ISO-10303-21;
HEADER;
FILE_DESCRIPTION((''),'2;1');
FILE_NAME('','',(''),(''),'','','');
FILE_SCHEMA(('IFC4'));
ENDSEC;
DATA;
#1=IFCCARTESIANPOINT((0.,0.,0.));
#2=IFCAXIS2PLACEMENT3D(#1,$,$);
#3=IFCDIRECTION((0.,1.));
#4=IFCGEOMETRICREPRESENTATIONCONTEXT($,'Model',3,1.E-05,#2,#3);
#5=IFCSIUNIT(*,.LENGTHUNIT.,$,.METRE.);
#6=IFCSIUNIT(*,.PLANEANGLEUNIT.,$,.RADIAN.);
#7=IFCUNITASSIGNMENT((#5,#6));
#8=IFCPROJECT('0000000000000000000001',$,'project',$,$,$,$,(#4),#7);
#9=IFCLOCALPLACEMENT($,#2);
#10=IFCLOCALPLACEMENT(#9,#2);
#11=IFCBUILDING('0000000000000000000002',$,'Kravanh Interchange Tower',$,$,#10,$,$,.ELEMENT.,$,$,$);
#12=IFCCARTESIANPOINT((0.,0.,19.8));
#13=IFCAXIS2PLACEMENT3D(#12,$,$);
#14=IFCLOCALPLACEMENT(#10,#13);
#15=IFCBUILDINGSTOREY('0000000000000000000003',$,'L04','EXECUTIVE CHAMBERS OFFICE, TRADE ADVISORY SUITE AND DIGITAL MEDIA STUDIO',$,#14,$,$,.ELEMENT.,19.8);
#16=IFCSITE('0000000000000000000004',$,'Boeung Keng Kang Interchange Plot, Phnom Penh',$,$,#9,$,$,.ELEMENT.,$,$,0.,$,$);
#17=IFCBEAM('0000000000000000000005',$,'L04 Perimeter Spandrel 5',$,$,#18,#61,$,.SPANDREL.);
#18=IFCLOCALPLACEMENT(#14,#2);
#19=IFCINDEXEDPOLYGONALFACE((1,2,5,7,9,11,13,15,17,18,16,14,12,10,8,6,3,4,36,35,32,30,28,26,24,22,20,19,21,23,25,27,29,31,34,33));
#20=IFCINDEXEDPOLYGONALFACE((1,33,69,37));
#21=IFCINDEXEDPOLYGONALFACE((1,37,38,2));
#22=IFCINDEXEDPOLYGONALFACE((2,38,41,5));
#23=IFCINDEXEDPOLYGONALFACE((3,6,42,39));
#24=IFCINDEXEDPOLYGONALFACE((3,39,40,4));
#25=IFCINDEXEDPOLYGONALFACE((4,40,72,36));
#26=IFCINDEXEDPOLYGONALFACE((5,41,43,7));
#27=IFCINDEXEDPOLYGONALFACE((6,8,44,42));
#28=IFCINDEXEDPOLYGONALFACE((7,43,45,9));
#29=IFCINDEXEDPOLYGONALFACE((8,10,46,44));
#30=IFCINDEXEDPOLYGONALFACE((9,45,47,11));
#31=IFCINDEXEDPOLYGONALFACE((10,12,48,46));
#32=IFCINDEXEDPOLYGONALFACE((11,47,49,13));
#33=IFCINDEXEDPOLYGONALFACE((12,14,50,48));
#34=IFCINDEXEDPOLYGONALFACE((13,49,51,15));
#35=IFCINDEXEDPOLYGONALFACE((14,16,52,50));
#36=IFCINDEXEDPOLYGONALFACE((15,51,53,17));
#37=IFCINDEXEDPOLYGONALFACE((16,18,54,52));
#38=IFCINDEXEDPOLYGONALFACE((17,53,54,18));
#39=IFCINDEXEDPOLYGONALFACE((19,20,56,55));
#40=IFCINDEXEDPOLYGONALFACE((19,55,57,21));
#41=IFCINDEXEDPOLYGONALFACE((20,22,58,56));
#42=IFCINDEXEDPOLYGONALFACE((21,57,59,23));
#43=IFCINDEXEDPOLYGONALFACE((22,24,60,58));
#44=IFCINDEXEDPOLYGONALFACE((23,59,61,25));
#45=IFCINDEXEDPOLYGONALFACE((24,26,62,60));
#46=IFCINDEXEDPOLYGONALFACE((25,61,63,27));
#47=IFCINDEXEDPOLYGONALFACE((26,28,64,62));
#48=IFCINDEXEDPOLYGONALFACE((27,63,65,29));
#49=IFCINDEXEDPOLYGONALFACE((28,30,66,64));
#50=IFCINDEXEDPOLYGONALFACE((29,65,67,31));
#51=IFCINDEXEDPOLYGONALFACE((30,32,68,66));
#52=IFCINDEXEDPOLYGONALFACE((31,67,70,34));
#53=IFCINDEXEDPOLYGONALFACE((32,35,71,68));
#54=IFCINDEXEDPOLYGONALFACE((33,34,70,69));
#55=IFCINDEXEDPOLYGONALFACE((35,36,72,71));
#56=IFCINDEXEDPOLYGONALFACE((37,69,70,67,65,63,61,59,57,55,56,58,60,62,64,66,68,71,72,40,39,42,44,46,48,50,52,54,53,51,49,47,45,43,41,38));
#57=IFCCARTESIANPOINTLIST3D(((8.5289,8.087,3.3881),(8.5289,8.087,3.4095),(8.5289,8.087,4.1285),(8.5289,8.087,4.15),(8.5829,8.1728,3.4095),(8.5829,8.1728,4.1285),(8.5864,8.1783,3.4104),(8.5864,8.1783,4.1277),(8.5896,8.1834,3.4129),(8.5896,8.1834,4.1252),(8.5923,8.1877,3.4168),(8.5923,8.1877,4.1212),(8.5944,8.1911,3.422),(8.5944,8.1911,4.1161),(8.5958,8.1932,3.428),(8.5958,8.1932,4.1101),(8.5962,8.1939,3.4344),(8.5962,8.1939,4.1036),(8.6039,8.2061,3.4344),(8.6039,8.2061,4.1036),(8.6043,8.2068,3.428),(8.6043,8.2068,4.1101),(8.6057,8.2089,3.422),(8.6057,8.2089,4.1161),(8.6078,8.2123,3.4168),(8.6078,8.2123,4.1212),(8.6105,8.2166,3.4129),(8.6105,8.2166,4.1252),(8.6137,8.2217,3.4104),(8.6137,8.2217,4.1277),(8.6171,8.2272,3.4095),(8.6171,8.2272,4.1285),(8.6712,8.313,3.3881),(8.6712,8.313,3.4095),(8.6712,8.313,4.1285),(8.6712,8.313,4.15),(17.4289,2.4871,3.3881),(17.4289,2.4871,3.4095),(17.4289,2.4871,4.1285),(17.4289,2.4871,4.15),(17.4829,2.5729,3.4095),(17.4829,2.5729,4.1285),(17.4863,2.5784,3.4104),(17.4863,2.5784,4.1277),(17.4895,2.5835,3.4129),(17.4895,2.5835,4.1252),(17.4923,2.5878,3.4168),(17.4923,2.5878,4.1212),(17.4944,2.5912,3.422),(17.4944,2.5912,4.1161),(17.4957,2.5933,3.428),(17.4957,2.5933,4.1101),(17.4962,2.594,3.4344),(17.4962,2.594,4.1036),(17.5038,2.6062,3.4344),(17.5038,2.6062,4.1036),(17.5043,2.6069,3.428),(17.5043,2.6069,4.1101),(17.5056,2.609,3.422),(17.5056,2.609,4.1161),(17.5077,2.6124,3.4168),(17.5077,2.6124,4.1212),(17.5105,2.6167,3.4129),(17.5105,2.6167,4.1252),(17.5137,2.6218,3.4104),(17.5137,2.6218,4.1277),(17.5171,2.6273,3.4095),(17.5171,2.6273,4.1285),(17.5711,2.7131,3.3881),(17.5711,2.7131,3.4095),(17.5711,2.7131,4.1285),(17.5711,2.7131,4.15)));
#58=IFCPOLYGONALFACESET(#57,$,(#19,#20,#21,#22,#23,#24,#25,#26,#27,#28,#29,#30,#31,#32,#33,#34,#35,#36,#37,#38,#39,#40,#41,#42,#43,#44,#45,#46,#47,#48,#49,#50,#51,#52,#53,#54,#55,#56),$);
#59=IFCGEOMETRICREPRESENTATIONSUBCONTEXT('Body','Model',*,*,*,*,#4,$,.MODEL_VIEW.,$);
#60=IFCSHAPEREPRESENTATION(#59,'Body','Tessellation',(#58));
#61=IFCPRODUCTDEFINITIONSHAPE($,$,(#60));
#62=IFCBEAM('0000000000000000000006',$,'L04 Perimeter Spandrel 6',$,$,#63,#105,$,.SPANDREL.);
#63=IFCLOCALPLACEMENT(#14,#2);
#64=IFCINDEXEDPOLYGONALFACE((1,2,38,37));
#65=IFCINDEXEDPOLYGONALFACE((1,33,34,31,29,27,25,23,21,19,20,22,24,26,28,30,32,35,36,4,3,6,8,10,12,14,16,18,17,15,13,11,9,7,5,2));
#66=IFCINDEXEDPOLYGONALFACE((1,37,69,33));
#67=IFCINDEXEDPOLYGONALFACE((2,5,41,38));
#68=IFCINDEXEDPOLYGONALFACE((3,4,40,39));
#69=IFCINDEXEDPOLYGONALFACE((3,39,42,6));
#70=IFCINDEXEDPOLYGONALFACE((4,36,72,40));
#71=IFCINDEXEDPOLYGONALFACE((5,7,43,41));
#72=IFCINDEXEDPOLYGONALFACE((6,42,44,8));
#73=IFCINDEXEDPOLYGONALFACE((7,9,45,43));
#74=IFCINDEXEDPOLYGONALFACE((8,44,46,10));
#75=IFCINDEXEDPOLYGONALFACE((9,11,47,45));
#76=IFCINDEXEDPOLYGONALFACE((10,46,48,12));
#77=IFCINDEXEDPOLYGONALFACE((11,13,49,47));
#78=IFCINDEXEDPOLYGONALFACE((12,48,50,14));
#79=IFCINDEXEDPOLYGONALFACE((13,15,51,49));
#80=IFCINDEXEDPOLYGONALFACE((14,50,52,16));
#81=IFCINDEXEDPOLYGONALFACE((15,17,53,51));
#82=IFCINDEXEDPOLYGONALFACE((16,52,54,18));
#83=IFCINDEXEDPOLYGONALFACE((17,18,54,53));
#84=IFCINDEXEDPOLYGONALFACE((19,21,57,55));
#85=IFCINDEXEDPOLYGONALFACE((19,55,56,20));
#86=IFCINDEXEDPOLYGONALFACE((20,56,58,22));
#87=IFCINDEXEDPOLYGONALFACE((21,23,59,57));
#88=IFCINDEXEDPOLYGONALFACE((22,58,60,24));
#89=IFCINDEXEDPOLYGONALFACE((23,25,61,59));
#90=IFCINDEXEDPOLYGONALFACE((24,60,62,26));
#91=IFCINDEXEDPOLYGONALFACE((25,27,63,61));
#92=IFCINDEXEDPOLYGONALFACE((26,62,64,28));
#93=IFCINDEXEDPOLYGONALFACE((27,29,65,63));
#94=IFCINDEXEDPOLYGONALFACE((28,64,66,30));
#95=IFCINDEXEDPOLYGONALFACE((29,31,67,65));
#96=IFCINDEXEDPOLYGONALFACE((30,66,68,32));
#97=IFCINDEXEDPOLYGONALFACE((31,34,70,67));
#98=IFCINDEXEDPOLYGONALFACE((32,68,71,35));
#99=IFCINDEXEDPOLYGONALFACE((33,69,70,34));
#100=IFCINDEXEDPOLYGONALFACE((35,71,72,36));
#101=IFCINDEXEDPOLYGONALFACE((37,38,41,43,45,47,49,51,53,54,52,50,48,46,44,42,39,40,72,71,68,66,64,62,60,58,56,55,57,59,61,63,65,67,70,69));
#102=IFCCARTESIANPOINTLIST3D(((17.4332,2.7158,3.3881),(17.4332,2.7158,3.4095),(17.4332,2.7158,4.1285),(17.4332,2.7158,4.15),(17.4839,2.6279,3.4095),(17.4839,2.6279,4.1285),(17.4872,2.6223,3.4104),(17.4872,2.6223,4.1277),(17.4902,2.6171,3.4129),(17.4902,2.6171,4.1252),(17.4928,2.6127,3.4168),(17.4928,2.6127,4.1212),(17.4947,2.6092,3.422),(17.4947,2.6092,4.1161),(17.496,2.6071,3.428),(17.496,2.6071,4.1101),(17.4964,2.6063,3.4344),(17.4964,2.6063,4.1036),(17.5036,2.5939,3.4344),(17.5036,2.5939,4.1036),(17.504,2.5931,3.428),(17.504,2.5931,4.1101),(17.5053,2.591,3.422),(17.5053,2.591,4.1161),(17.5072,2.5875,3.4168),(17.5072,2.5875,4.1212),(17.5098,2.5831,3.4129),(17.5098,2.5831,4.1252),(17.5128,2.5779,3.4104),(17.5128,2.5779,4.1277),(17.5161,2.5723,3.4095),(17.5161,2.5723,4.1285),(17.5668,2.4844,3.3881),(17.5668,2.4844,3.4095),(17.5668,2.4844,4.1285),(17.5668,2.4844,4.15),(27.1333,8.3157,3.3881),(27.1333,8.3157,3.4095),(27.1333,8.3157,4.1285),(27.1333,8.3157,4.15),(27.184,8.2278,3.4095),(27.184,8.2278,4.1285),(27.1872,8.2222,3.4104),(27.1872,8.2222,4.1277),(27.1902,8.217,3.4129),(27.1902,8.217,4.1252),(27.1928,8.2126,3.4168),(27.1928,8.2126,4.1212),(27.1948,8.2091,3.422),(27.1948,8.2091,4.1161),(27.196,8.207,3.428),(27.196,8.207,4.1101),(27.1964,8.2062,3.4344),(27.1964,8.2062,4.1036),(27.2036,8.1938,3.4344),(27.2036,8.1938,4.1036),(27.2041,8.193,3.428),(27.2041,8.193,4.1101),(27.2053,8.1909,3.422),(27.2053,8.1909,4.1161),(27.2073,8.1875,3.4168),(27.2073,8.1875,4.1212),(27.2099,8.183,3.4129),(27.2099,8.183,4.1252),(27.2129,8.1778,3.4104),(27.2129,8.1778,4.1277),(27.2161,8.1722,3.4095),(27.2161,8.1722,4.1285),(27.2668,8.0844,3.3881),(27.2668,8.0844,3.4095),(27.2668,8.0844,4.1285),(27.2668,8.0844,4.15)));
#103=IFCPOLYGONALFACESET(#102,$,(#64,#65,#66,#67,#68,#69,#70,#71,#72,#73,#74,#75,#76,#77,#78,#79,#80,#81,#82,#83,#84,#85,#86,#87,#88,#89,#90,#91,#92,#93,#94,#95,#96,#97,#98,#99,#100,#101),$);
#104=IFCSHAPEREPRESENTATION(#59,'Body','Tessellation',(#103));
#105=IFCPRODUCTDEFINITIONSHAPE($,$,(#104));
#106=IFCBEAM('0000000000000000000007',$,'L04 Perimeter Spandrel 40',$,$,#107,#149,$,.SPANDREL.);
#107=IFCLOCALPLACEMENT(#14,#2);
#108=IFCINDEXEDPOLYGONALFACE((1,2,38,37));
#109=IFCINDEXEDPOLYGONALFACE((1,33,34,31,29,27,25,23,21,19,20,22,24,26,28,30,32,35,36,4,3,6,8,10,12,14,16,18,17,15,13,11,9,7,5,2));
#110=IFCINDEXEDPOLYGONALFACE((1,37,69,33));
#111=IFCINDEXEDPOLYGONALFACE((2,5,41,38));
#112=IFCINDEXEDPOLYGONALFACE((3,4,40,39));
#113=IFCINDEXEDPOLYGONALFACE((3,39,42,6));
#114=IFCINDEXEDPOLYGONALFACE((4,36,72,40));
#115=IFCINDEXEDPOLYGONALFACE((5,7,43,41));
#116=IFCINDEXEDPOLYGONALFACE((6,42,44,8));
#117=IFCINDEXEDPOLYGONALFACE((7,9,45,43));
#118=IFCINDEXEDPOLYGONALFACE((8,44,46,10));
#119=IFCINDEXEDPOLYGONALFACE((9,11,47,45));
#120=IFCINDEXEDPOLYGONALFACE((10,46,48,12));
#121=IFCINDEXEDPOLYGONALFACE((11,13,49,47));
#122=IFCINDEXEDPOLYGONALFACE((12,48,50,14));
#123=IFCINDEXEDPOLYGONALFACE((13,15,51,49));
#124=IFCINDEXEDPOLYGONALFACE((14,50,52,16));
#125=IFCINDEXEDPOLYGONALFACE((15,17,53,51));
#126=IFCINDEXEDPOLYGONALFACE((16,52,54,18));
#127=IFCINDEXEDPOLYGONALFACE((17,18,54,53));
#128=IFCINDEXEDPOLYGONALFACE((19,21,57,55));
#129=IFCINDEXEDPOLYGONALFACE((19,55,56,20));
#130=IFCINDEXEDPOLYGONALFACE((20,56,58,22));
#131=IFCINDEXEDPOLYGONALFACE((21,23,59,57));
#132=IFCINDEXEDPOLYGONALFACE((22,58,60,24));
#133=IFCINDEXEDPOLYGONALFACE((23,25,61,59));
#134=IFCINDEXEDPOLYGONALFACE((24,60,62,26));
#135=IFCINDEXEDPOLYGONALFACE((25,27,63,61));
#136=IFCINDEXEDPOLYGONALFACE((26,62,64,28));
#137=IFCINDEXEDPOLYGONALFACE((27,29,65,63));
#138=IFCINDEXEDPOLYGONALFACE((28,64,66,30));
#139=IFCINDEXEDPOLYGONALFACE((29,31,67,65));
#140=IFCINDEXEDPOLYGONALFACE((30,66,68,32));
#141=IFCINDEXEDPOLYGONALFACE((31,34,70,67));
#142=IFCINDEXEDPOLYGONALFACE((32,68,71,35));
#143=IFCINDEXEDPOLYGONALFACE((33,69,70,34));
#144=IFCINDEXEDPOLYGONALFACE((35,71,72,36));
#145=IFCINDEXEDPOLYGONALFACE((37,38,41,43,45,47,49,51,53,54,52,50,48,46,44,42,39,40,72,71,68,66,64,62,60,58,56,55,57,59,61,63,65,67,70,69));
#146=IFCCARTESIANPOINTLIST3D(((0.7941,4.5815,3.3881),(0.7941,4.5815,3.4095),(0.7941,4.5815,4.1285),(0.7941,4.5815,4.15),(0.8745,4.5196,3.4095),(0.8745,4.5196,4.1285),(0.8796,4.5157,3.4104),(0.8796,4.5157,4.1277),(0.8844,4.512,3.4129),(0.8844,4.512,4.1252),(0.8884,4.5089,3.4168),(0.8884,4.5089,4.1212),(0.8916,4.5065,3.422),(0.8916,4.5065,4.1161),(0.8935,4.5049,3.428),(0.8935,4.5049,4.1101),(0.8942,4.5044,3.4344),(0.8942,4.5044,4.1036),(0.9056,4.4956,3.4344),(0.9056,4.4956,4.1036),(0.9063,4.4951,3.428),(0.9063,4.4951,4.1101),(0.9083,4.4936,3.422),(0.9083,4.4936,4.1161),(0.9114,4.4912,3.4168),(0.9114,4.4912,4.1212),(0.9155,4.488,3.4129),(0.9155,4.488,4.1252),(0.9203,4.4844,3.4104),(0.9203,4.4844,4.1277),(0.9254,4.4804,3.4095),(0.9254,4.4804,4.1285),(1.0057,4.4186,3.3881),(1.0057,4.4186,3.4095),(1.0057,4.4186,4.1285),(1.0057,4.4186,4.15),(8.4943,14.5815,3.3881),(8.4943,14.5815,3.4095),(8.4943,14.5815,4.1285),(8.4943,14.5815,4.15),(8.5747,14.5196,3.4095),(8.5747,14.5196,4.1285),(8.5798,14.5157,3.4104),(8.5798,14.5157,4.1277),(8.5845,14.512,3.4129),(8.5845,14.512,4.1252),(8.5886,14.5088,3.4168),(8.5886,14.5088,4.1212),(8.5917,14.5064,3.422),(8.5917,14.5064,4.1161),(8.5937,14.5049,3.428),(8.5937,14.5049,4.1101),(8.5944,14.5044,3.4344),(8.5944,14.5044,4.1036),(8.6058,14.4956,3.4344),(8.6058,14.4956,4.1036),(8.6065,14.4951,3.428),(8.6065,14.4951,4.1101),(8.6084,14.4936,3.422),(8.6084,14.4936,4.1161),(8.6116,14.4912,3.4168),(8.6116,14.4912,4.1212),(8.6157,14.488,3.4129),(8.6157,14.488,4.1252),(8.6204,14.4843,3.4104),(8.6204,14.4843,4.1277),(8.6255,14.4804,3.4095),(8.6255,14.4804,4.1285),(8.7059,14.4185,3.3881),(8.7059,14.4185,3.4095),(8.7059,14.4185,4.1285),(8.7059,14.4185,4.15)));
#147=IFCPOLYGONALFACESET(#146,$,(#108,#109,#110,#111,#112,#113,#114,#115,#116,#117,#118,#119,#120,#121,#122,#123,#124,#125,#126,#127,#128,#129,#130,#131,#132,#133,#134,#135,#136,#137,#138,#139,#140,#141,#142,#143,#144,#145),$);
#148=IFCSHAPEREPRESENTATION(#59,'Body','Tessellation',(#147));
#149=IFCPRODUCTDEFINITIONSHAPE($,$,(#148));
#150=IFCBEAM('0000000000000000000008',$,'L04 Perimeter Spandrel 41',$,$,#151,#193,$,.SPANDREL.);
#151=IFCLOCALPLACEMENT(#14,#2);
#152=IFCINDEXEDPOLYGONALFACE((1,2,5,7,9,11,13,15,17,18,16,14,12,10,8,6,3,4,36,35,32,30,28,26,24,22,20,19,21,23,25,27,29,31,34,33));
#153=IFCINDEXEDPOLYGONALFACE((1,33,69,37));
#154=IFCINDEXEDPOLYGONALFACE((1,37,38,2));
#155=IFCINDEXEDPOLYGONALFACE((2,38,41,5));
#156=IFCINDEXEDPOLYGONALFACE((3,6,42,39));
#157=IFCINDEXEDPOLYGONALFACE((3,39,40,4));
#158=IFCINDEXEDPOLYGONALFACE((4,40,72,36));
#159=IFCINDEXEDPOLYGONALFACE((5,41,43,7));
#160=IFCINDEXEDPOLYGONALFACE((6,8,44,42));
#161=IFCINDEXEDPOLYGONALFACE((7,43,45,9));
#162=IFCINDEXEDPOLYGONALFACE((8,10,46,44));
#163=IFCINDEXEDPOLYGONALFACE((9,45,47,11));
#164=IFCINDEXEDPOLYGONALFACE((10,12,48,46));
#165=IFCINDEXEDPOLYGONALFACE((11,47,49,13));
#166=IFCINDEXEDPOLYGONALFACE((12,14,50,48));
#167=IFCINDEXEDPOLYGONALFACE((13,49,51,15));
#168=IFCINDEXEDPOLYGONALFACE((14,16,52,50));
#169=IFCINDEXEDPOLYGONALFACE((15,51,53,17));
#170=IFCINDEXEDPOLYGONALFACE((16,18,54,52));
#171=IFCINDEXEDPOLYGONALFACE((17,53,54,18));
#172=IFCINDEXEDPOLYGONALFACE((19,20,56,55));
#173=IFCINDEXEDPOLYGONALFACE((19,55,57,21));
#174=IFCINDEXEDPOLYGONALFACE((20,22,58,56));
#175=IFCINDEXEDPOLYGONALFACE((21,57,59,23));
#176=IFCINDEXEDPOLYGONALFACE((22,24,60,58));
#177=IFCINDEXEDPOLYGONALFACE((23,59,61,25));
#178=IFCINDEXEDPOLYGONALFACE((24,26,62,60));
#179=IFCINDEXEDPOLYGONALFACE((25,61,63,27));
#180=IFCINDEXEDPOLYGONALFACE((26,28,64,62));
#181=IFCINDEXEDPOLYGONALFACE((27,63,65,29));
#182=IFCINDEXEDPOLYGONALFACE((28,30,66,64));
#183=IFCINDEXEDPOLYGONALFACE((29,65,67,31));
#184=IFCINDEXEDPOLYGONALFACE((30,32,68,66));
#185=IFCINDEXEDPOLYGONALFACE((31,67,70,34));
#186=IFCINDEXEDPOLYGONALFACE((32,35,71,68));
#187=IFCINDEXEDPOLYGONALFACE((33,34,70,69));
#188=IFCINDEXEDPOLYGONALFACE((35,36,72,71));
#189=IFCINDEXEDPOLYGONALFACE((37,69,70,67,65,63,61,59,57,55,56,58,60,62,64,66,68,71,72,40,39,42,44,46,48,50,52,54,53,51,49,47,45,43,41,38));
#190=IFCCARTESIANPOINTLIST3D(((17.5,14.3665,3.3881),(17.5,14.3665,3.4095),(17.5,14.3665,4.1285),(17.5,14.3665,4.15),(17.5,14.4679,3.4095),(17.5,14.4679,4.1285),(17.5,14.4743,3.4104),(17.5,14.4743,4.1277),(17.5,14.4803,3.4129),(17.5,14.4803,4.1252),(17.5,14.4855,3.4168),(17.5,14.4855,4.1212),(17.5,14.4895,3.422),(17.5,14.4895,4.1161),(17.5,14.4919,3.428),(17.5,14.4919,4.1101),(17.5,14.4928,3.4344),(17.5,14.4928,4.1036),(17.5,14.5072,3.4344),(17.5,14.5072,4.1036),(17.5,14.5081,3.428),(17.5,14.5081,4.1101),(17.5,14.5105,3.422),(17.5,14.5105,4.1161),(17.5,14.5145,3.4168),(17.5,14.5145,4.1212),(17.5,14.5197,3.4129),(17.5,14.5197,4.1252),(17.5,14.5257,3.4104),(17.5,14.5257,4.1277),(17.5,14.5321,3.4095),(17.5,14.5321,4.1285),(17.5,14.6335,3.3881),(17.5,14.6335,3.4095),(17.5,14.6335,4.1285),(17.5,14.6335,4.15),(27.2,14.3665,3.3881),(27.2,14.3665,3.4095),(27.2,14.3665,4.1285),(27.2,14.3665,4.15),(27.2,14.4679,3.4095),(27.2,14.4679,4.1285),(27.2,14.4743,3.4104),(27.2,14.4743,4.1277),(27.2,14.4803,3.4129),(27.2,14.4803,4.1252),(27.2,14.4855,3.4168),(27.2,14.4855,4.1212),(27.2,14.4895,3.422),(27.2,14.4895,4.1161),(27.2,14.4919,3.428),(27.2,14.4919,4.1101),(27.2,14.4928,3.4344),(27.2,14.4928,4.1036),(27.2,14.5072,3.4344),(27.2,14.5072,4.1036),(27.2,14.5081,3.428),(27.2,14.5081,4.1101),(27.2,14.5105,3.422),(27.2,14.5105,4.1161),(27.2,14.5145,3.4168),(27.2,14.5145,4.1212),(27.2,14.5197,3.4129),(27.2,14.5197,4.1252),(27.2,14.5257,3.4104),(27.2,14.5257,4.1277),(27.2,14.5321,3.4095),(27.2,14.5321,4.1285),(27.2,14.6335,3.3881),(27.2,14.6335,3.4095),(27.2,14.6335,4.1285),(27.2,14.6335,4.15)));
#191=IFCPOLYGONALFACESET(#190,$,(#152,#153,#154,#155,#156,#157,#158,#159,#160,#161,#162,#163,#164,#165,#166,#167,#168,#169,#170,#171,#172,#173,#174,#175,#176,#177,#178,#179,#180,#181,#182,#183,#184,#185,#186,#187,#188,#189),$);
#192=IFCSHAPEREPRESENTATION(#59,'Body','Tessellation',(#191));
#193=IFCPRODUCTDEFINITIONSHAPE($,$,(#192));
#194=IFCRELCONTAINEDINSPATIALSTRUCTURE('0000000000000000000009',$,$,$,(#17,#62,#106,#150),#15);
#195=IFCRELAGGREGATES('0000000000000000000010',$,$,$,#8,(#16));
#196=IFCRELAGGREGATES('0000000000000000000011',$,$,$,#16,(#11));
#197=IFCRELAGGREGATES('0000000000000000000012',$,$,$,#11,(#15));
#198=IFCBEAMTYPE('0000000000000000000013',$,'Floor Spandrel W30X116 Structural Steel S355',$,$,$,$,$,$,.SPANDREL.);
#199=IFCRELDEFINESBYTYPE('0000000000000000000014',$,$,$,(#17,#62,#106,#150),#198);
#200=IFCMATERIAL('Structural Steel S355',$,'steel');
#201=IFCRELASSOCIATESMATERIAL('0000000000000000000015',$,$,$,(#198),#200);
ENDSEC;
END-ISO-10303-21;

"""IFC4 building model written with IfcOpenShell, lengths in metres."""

from ifc_helpers import new_model, si_unit, direction, frame, origin, origin_2d, place, context, subcontext, project, spatial, i_section, extrude, material, material_profile, profile_set, type_object, element, save


model = new_model("IFC4")

# Units and contexts
model_context = context("Model", 3, precision=1e-05, world=origin(), true_north=direction((0.0, 1.0)))
body_context = subcontext(model_context, "Body", "Model", "MODEL_VIEW")
ifc_project = project(units=[si_unit("LENGTHUNIT", "METRE"), si_unit("PLANEANGLEUNIT", "RADIAN")], contexts=[model_context])

# Site, building, storey
site_placement = place(None, origin())
site = spatial("IfcSite", under=ifc_project, at=site_placement, Name="Boeung Keng Kang Interchange Plot, Phnom Penh", CompositionType="ELEMENT", RefElevation=0.0)
building_placement = place(site_placement, origin())
building = spatial("IfcBuilding", under=site, at=building_placement, Name="Kravanh Interchange Tower", CompositionType="ELEMENT")
storey_placement = place(building_placement, frame((0.0, 0.0, 19.8)))
storey = spatial("IfcBuildingStorey", under=building, at=storey_placement, Name="L04", Description="EXECUTIVE CHAMBERS OFFICE, TRADE ADVISORY SUITE AND DIGITAL MEDIA STUDIO", CompositionType="ELEMENT", Elevation=19.8)

# Beams
ifc_material_1 = material(Name="Structural Steel S355", Category="steel")
ifc_material_profile_1 = material_profile(ifc_material_1, i_section(OverallWidth=0.2671, OverallDepth=0.762, WebThickness=0.0144, FlangeThickness=0.0215, FilletRadius=0.0249, at=origin_2d()), Name="W30X116")
ifc_profile_set_1 = profile_set([ifc_material_profile_1], Name="Structural Steel S355")
beam_type_1 = type_object("IfcBeamType", Name="Floor Spandrel W30X116 Structural Steel S355", PredefinedType="SPANDREL", material=ifc_profile_set_1)
beam_1_placement = place(storey_placement, frame((17.5, 2.6001, 3.769), z_axis=(-0.846395, 0.532555, 0.0), x_axis=(-0.532555, -0.846395, 0.0)))
element("IfcBeam", 1, at=beam_1_placement, inside=storey, type_object=beam_type_1, Name="L04 Perimeter Spandrel 5", PredefinedType="SPANDREL", context=body_context, shape_type="SweptSolid", body=[
    extrude(i_section(OverallWidth=0.2671, OverallDepth=0.762, WebThickness=0.0144, FlangeThickness=0.0215, FilletRadius=0.0249, at=origin_2d()), origin(), (0.0, 0.0, 1.0), 10.5151),
])
beam_2_placement = place(storey_placement, frame((17.5, 2.6001, 3.769), z_axis=(0.866041, 0.499972, 0.0), x_axis=(-0.499972, 0.866041, 0.0)))
element("IfcBeam", 2, at=beam_2_placement, inside=storey, type_object=beam_type_1, Name="L04 Perimeter Spandrel 6", PredefinedType="SPANDREL", context=body_context, shape_type="SweptSolid", body=[
    extrude(i_section(OverallWidth=0.2671, OverallDepth=0.762, WebThickness=0.0144, FlangeThickness=0.0215, FilletRadius=0.0249, at=origin_2d()), origin(), (0.0, 0.0, 1.0), 11.2004),
])
beam_3_placement = place(storey_placement, frame((8.6001, 14.5, 3.769), z_axis=(-0.610103, -0.792322, 0.0), x_axis=(0.792322, -0.610103, 0.0)))
element("IfcBeam", 3, at=beam_3_placement, inside=storey, type_object=beam_type_1, Name="L04 Perimeter Spandrel 40", PredefinedType="SPANDREL", context=body_context, shape_type="SweptSolid", body=[
    extrude(i_section(OverallWidth=0.2671, OverallDepth=0.762, WebThickness=0.0144, FlangeThickness=0.0215, FilletRadius=0.0249, at=origin_2d()), origin(), (0.0, 0.0, 1.0), 12.6211),
])
beam_4_placement = place(storey_placement, frame((17.5, 14.5, 3.769), z_axis=(1.0, 0.0, 0.0), x_axis=(0.0, 1.0, 0.0)))
element("IfcBeam", 4, at=beam_4_placement, inside=storey, type_object=beam_type_1, Name="L04 Perimeter Spandrel 41", PredefinedType="SPANDREL", context=body_context, shape_type="SweptSolid", body=[
    extrude(i_section(OverallWidth=0.2671, OverallDepth=0.762, WebThickness=0.0144, FlangeThickness=0.0215, FilletRadius=0.0249, at=origin_2d()), origin(), (0.0, 0.0, 1.0), 9.7),
])

save(model, "model.ifc")
